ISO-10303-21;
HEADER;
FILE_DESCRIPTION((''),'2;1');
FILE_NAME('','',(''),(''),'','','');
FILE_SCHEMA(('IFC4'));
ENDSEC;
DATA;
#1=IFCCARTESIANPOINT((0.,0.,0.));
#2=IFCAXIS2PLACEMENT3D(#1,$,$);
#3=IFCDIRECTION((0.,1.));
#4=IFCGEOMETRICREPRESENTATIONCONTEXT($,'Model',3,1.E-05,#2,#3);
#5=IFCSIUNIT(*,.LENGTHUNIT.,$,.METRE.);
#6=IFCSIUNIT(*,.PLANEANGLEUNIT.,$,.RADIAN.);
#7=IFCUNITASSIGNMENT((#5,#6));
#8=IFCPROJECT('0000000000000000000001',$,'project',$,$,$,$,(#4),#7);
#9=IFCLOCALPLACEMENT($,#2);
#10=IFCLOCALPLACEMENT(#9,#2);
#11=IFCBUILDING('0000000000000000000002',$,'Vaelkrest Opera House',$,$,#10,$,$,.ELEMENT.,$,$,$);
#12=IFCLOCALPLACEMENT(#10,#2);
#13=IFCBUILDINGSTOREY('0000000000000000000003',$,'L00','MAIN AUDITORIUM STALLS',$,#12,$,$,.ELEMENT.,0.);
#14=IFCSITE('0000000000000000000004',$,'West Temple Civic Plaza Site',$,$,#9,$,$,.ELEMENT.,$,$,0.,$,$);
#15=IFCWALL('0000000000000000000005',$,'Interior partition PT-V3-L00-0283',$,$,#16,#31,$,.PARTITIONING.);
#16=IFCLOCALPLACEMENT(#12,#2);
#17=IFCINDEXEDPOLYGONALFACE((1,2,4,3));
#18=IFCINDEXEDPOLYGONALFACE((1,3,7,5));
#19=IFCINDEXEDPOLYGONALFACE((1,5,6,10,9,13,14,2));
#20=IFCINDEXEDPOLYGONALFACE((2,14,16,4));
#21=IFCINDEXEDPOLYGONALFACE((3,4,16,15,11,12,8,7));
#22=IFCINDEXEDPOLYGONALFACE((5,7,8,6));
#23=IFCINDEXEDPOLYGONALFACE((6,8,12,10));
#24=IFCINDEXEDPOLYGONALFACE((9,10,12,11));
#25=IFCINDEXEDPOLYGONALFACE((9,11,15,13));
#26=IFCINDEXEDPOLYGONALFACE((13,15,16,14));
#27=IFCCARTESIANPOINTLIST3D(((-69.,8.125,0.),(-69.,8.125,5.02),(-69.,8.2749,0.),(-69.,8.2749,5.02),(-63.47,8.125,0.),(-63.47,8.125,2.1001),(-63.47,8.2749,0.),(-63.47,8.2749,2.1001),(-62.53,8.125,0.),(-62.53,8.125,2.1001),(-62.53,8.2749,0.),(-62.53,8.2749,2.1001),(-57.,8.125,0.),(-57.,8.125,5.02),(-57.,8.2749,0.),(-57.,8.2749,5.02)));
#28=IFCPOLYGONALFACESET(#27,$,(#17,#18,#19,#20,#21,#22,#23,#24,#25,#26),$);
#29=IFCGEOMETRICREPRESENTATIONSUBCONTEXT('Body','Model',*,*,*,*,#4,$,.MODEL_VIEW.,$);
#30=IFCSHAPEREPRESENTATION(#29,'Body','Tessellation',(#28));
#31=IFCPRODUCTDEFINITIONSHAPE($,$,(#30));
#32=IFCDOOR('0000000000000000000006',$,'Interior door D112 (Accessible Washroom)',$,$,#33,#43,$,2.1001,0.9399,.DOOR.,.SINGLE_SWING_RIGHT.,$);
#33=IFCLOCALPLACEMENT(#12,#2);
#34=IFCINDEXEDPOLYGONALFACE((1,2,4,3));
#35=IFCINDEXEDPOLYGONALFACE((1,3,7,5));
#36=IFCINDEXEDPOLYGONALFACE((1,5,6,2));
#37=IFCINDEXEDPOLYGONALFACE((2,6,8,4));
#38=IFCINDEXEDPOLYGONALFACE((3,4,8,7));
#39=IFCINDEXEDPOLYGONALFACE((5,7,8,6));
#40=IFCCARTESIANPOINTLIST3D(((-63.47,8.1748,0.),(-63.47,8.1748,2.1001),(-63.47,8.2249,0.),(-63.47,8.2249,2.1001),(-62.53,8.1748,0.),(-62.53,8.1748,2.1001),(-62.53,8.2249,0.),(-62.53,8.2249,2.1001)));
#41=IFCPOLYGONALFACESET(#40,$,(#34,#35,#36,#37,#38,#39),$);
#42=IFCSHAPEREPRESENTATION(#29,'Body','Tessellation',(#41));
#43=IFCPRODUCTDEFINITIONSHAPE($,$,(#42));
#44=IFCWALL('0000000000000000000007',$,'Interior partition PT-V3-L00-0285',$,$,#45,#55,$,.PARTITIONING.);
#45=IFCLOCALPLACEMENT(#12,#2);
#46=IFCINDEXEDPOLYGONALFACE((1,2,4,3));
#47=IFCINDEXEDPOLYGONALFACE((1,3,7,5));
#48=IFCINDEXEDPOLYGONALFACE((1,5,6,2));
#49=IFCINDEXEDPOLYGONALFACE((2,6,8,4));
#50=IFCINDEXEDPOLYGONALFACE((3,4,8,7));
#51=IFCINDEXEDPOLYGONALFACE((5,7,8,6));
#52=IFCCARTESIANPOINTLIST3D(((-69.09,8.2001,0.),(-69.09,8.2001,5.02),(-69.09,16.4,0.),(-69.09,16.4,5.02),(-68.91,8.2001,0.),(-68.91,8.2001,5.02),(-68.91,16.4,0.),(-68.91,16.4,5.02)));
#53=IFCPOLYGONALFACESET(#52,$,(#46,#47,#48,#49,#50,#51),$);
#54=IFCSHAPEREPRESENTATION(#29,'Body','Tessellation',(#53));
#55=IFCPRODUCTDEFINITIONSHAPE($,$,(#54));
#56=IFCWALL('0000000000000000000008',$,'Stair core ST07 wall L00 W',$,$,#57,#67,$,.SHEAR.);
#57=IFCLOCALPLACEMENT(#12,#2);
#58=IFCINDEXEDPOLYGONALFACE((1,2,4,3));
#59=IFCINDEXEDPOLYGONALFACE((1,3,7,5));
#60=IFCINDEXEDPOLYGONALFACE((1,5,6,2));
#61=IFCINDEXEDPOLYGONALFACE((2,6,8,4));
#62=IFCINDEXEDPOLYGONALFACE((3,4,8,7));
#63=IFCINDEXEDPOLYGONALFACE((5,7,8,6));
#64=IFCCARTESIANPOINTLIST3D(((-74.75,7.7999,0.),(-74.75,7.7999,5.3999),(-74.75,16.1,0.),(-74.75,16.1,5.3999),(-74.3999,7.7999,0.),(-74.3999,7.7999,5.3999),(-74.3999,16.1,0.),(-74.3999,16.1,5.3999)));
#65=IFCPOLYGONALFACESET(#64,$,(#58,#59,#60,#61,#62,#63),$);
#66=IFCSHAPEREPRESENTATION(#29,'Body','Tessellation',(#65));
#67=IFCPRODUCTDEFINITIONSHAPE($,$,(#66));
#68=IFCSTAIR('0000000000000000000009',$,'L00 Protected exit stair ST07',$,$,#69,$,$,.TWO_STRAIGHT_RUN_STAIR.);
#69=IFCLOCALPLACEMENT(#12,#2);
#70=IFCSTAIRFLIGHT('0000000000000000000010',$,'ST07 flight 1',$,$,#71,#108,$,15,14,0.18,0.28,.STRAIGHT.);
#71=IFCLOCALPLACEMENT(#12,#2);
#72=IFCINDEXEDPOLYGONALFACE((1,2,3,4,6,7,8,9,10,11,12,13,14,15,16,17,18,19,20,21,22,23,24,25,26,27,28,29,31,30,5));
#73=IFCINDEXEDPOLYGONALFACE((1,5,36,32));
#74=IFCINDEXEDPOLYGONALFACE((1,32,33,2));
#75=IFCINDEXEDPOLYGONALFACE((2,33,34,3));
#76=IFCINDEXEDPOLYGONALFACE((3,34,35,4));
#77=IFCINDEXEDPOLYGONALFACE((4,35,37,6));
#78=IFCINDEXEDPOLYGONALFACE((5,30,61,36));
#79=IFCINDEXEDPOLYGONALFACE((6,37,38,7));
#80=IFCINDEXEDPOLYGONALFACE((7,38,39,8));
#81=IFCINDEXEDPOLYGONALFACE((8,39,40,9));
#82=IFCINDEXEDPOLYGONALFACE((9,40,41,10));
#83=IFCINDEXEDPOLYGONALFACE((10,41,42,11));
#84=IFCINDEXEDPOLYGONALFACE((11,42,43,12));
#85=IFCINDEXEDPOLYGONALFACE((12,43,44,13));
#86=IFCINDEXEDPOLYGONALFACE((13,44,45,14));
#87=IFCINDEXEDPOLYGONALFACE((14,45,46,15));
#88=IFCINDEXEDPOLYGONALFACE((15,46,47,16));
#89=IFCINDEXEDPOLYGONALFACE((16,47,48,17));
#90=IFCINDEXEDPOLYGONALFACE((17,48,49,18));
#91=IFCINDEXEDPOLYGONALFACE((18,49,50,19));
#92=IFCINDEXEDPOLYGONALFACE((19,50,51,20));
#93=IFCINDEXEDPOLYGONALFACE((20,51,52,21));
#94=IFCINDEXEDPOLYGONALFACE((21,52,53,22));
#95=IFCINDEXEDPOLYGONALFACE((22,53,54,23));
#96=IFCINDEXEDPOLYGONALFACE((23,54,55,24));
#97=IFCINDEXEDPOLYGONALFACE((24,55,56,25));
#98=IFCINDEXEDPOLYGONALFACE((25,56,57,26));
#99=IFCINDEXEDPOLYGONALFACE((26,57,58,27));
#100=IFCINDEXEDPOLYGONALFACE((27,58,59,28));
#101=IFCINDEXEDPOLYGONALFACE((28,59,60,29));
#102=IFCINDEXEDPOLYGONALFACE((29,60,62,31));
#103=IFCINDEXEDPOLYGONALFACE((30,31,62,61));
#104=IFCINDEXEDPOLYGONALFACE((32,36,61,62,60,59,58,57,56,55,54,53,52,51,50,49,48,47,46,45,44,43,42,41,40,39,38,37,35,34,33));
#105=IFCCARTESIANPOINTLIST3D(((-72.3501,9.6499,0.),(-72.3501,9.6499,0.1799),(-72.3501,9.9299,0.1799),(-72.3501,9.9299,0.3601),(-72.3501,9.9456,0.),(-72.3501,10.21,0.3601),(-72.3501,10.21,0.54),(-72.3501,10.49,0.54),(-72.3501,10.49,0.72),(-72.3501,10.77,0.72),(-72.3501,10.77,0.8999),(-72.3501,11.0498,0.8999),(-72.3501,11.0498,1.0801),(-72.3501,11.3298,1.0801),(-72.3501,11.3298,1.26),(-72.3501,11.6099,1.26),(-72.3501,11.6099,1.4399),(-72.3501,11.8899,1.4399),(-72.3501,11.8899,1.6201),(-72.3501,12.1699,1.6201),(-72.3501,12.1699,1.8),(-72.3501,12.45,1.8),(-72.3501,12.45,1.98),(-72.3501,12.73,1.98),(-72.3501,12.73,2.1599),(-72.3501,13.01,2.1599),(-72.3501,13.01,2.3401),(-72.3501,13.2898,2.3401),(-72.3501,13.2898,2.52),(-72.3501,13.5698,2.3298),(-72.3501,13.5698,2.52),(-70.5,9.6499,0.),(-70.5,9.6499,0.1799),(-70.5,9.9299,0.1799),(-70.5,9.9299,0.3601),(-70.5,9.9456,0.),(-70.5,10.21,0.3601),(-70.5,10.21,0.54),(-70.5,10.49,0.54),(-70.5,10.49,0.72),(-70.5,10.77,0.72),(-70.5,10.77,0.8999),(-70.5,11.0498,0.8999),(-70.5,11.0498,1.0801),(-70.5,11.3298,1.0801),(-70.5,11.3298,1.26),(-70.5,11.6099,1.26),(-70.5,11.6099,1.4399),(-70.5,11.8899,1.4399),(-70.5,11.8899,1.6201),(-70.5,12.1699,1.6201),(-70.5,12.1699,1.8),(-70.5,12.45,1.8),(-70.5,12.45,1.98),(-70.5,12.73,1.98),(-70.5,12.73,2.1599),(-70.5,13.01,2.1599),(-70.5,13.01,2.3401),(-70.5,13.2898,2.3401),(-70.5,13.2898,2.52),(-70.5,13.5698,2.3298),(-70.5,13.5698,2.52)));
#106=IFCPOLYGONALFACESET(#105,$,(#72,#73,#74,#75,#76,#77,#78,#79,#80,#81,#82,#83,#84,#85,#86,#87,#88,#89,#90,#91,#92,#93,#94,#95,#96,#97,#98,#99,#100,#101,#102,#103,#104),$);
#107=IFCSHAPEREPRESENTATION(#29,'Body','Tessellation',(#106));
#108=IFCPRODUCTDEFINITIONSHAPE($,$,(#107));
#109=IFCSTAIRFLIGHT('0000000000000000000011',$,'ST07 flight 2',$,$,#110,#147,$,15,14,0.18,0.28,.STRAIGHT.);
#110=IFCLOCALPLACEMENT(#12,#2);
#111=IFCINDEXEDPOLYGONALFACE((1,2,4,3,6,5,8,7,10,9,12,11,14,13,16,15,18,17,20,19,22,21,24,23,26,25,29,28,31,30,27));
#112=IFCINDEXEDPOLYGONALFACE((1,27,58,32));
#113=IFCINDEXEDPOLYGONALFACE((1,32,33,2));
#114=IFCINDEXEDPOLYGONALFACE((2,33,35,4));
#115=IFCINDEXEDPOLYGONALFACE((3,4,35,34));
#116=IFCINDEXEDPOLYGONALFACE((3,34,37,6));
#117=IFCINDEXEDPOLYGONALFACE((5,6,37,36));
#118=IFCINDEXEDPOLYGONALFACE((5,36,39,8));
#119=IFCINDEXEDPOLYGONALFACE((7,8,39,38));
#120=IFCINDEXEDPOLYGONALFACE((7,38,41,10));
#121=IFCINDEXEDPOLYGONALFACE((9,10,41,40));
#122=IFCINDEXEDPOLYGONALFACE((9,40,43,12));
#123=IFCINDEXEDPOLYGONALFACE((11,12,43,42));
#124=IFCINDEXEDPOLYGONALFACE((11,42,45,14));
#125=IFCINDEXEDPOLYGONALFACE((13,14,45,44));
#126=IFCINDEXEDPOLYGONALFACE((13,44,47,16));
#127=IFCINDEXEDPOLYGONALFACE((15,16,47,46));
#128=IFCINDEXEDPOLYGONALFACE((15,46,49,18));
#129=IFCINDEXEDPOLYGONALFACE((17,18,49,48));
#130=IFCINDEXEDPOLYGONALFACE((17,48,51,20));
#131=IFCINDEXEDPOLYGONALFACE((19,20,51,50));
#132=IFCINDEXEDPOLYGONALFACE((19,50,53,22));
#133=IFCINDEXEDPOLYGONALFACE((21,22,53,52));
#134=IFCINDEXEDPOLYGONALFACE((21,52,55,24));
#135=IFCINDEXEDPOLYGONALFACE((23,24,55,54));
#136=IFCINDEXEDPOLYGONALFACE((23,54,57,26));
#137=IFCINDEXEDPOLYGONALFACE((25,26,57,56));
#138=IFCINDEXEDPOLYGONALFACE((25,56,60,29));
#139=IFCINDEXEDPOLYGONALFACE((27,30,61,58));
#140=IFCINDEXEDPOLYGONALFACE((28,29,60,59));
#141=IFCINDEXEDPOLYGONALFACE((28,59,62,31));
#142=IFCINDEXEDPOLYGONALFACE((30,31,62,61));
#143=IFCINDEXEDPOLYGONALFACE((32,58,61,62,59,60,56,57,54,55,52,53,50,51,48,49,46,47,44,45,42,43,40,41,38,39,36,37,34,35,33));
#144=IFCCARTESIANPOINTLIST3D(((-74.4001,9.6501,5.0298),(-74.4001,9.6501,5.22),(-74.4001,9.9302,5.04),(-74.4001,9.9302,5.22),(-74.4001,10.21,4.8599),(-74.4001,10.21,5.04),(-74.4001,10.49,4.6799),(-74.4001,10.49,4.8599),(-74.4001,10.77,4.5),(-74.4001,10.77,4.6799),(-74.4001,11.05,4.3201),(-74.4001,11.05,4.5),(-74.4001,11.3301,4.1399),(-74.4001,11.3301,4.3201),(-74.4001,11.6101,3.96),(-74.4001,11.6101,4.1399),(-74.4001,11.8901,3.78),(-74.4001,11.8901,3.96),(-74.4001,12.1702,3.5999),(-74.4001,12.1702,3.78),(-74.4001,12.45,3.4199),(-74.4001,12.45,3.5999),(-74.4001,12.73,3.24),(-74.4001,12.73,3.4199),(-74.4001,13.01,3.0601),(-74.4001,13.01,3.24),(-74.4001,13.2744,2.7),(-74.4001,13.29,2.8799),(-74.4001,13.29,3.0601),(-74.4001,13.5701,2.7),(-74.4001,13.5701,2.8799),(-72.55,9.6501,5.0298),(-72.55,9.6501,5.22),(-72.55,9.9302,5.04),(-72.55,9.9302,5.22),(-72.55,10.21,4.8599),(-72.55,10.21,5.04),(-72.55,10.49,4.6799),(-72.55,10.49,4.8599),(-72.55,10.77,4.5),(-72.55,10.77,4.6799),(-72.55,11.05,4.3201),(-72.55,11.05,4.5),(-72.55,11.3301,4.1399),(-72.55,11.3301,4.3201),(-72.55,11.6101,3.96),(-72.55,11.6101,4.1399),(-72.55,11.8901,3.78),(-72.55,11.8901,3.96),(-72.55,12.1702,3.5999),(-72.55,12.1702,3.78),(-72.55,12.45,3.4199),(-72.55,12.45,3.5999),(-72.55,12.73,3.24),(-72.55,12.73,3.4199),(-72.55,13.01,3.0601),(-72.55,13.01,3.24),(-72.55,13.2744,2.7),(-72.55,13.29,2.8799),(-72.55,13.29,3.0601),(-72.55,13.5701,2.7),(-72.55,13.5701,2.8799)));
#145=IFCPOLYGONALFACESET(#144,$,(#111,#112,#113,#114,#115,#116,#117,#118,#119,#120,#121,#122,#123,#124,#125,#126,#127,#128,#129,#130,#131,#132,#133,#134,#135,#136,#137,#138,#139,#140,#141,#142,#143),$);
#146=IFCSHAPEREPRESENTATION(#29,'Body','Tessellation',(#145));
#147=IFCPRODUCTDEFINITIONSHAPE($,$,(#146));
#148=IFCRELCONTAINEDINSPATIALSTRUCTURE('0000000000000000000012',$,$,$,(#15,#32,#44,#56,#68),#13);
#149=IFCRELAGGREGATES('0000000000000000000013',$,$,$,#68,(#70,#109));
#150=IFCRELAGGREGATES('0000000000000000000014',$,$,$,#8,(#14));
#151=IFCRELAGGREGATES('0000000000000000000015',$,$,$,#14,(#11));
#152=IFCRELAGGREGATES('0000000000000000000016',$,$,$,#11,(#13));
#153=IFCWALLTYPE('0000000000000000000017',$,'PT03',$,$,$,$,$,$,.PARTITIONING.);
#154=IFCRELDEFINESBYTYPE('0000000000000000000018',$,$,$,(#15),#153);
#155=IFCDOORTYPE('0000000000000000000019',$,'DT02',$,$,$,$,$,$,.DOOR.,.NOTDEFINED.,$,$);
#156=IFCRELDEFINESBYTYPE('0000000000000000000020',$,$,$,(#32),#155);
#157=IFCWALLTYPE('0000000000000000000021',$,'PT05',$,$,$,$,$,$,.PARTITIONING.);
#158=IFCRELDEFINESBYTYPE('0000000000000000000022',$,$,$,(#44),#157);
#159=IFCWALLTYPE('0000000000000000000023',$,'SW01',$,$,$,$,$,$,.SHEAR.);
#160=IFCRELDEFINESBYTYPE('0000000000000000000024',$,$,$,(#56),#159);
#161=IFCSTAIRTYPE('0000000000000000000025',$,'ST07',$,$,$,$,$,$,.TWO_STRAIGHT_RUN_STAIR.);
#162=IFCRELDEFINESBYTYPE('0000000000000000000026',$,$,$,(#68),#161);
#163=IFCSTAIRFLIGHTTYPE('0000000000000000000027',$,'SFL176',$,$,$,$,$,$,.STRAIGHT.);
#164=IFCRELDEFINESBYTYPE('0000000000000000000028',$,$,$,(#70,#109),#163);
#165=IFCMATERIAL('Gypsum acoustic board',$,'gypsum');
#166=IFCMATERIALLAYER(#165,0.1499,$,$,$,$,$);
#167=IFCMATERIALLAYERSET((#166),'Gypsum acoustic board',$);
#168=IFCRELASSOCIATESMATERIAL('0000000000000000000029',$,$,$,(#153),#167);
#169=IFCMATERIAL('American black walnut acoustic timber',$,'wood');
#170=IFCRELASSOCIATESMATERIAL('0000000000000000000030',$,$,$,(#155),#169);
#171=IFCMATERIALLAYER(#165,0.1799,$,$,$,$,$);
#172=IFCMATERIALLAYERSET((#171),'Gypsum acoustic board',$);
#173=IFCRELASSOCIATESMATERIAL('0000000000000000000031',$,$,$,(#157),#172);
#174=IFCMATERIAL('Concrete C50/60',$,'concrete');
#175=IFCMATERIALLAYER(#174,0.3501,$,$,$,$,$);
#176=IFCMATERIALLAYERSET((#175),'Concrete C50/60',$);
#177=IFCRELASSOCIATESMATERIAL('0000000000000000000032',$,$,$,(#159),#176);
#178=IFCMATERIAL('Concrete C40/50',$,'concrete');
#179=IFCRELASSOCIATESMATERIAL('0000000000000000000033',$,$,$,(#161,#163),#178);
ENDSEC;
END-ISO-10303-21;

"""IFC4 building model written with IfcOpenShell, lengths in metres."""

from ifc_helpers import new_model, si_unit, direction, frame, frame_2d, origin, place, context, subcontext, project, spatial, polyline, rectangle, outline, extrude, material, layer, layer_set, type_object, element, fill, aggregate, save


model = new_model("IFC4")

# Units and contexts
model_context = context("Model", 3, precision=1e-05, world=origin(), true_north=direction((0.0, 1.0)))
body_context = subcontext(model_context, "Body", "Model", "MODEL_VIEW")
ifc_project = project(units=[si_unit("LENGTHUNIT", "METRE"), si_unit("PLANEANGLEUNIT", "RADIAN")], contexts=[model_context])

# Site, building, storey
site_placement = place(None, origin())
site = spatial("IfcSite", under=ifc_project, at=site_placement, Name="West Temple Civic Plaza Site", CompositionType="ELEMENT", RefElevation=0.0)
building_placement = place(site_placement, origin())
building = spatial("IfcBuilding", under=site, at=building_placement, Name="Vaelkrest Opera House", CompositionType="ELEMENT")
storey_placement = place(building_placement, origin())
storey = spatial("IfcBuildingStorey", under=building, at=storey_placement, Name="L00", Description="MAIN AUDITORIUM STALLS", CompositionType="ELEMENT", Elevation=0.0)

# Shared definitions
ifc_material_1 = material(Name="Concrete C50/60", Category="concrete")

# Wall, opening, door
ifc_material_2 = material(Name="Gypsum acoustic board", Category="gypsum")
ifc_layer_1 = layer(ifc_material_2, 0.1499)
ifc_layer_set_1 = layer_set([ifc_layer_1], Name="Gypsum acoustic board")
wall_type_1 = type_object("IfcWallType", Name="PT03", PredefinedType="PARTITIONING", material=ifc_layer_set_1)
wall_1_placement = place(storey_placement, frame((-69.0, 8.2, 0.0), z_axis=(0.0, 0.0, 1.0), x_axis=(1.0, 0.0, 0.0)))
wall_1 = element("IfcWall", 1, at=wall_1_placement, inside=storey, type_object=wall_type_1, Name="Interior partition PT-V3-L00-0283", PredefinedType="PARTITIONING", context=body_context, shape_type="SweptSolid", body=[
    extrude(rectangle(XDim=12.0, YDim=0.1499, at=frame_2d((6.0, 0.0))), origin(), (0.0, 0.0, 1.0), 5.02),
])
opening_1_placement = place(wall_1_placement, frame((5.53, 0.0, 0.0)))
opening_1 = element("IfcOpeningElement", 2, at=opening_1_placement, cuts=wall_1, PredefinedType="OPENING", context=body_context, shape_type="SweptSolid", body=[
    extrude(rectangle(XDim=0.9399, YDim=2.1001, at=frame_2d((0.47, 1.05))), frame((0.0, 0.085, 0.0), z_axis=(0.0, -1.0, 0.0), x_axis=(1.0, 0.0, 0.0)), (0.0, 0.0, 1.0), 0.1699),
])
ifc_material_3 = material(Name="American black walnut acoustic timber", Category="wood")
door_type_1 = type_object("IfcDoorType", Name="DT02", OperationType="NOTDEFINED", PredefinedType="DOOR", material=ifc_material_3)
door_1_placement = place(opening_1_placement, origin())
door_1 = element("IfcDoor", 3, at=door_1_placement, inside=storey, type_object=door_type_1, Name="Interior door D112 (Accessible Washroom)", OperationType="SINGLE_SWING_RIGHT", OverallHeight=2.1001, OverallWidth=0.9399, PredefinedType="DOOR", context=body_context, shape_type="SweptSolid", body=[
    extrude(rectangle(XDim=0.9399, YDim=2.1001, at=frame_2d((0.47, 1.05))), frame((0.0, 0.0249, 0.0), z_axis=(0.0, -1.0, 0.0), x_axis=(1.0, 0.0, 0.0)), (0.0, 0.0, 1.0), 0.05),
])
fill(opening_1, door_1)

# Wall
ifc_layer_2 = layer(ifc_material_2, 0.1799)
ifc_layer_set_2 = layer_set([ifc_layer_2], Name="Gypsum acoustic board")
wall_type_2 = type_object("IfcWallType", Name="PT05", PredefinedType="PARTITIONING", material=ifc_layer_set_2)
wall_2_placement = place(storey_placement, frame((-69.0, 8.2, 0.0), z_axis=(0.0, 0.0, 1.0), x_axis=(0.0, 1.0, 0.0)))
element("IfcWall", 4, at=wall_2_placement, inside=storey, type_object=wall_type_2, Name="Interior partition PT-V3-L00-0285", PredefinedType="PARTITIONING", context=body_context, shape_type="SweptSolid", body=[
    extrude(rectangle(XDim=8.2, YDim=0.1799, at=frame_2d((4.1001, 0.0))), origin(), (0.0, 0.0, 1.0), 5.02),
])

# Shared definitions
ifc_layer_3 = layer(ifc_material_1, 0.3501)
ifc_layer_set_3 = layer_set([ifc_layer_3], Name="Concrete C50/60")
wall_type_3 = type_object("IfcWallType", Name="SW01", PredefinedType="SHEAR", material=ifc_layer_set_3)

# Wall
wall_3_placement = place(storey_placement, frame((-74.575, 7.8, 0.0), z_axis=(0.0, 0.0, 1.0), x_axis=(0.0, 1.0, 0.0)))
element("IfcWall", 5, at=wall_3_placement, inside=storey, type_object=wall_type_3, Name="Stair core ST07 wall L00 W", PredefinedType="SHEAR", context=body_context, shape_type="SweptSolid", body=[
    extrude(rectangle(XDim=8.3, YDim=0.3501, at=frame_2d((4.1499, 0.0))), origin(), (0.0, 0.0, 1.0), 5.3999),
])

# Stair, stair flights
ifc_material_4 = material(Name="Concrete C40/50", Category="concrete")
stair_type = type_object("IfcStairType", Name="ST07", PredefinedType="TWO_STRAIGHT_RUN_STAIR", material=ifc_material_4)
stair_placement = place(storey_placement, origin())
stair = element("IfcStair", 6, at=stair_placement, inside=storey, type_object=stair_type, Name="L00 Protected exit stair ST07", PredefinedType="TWO_STRAIGHT_RUN_STAIR")
stair_flight_type = type_object("IfcStairFlightType", Name="SFL176", PredefinedType="STRAIGHT", material=ifc_material_4)
stair_flight_1_placement = place(storey_placement, frame((-71.425, 9.6499, 0.0), z_axis=(0.0, 0.0, 1.0), x_axis=(0.0, 1.0, 0.0)))
stair_flight_1 = element("IfcStairFlight", 7, at=stair_flight_1_placement, type_object=stair_flight_type, Name="ST07 flight 1", NumberOfRisers=15, NumberOfTreads=14, PredefinedType="STRAIGHT", RiserHeight=0.18, TreadLength=0.28, context=body_context, shape_type="SweptSolid", body=[
    extrude(outline(polyline([(0.0, 0.0), (0.0, 0.1799), (0.28, 0.1799), (0.28, 0.3601), (0.5601, 0.3601), (0.5601, 0.54), (0.8401, 0.54), (0.8401, 0.72), (1.1201, 0.72), (1.1201, 0.8999), (1.3999, 0.8999), (1.3999, 1.0801), (1.6799, 1.0801), (1.6799, 1.26), (1.96, 1.26), (1.96, 1.4399), (2.24, 1.4399), (2.24, 1.6201), (2.52, 1.6201), (2.52, 1.8), (2.8, 1.8), (2.8, 1.98), (3.0801, 1.98), (3.0801, 2.1599), (3.3601, 2.1599), (3.3601, 2.3401), (3.6399, 2.3401), (3.6399, 2.52), (3.9199, 2.52), (3.9199, 2.7), (3.9199, 2.3298), (0.2957, 0.0), (0.0, 0.0)])), frame((0.0, 0.925, 0.0), z_axis=(0.0, -1.0, 0.0), x_axis=(1.0, 0.0, 0.0)), (0.0, 0.0, 1.0), 1.8501),
])
stair_flight_2_placement = place(storey_placement, frame((-73.4751, 13.5701, 2.7), z_axis=(0.0, 0.0, 1.0), x_axis=(0.0, -1.0, 0.0)))
stair_flight_2 = element("IfcStairFlight", 8, at=stair_flight_2_placement, type_object=stair_flight_type, Name="ST07 flight 2", NumberOfRisers=15, NumberOfTreads=14, PredefinedType="STRAIGHT", RiserHeight=0.18, TreadLength=0.28, context=body_context, shape_type="SweptSolid", body=[
    extrude(outline(polyline([(0.0, 0.0), (0.0, 0.1799), (0.28, 0.1799), (0.28, 0.3601), (0.5601, 0.3601), (0.5601, 0.54), (0.8401, 0.54), (0.8401, 0.72), (1.1201, 0.72), (1.1201, 0.8999), (1.3999, 0.8999), (1.3999, 1.0801), (1.6799, 1.0801), (1.6799, 1.26), (1.96, 1.26), (1.96, 1.4399), (2.24, 1.4399), (2.24, 1.6201), (2.52, 1.6201), (2.52, 1.8), (2.8, 1.8), (2.8, 1.98), (3.0801, 1.98), (3.0801, 2.1599), (3.3601, 2.1599), (3.3601, 2.3401), (3.6399, 2.3401), (3.6399, 2.52), (3.9199, 2.52), (3.9199, 2.7), (3.9199, 2.3298), (0.2957, 0.0), (0.0, 0.0)])), frame((0.0, 0.925, 0.0), z_axis=(0.0, -1.0, 0.0), x_axis=(1.0, 0.0, 0.0)), (0.0, 0.0, 1.0), 1.8501),
])
aggregate(stair, [stair_flight_1, stair_flight_2])

save(model, "model.ifc")
